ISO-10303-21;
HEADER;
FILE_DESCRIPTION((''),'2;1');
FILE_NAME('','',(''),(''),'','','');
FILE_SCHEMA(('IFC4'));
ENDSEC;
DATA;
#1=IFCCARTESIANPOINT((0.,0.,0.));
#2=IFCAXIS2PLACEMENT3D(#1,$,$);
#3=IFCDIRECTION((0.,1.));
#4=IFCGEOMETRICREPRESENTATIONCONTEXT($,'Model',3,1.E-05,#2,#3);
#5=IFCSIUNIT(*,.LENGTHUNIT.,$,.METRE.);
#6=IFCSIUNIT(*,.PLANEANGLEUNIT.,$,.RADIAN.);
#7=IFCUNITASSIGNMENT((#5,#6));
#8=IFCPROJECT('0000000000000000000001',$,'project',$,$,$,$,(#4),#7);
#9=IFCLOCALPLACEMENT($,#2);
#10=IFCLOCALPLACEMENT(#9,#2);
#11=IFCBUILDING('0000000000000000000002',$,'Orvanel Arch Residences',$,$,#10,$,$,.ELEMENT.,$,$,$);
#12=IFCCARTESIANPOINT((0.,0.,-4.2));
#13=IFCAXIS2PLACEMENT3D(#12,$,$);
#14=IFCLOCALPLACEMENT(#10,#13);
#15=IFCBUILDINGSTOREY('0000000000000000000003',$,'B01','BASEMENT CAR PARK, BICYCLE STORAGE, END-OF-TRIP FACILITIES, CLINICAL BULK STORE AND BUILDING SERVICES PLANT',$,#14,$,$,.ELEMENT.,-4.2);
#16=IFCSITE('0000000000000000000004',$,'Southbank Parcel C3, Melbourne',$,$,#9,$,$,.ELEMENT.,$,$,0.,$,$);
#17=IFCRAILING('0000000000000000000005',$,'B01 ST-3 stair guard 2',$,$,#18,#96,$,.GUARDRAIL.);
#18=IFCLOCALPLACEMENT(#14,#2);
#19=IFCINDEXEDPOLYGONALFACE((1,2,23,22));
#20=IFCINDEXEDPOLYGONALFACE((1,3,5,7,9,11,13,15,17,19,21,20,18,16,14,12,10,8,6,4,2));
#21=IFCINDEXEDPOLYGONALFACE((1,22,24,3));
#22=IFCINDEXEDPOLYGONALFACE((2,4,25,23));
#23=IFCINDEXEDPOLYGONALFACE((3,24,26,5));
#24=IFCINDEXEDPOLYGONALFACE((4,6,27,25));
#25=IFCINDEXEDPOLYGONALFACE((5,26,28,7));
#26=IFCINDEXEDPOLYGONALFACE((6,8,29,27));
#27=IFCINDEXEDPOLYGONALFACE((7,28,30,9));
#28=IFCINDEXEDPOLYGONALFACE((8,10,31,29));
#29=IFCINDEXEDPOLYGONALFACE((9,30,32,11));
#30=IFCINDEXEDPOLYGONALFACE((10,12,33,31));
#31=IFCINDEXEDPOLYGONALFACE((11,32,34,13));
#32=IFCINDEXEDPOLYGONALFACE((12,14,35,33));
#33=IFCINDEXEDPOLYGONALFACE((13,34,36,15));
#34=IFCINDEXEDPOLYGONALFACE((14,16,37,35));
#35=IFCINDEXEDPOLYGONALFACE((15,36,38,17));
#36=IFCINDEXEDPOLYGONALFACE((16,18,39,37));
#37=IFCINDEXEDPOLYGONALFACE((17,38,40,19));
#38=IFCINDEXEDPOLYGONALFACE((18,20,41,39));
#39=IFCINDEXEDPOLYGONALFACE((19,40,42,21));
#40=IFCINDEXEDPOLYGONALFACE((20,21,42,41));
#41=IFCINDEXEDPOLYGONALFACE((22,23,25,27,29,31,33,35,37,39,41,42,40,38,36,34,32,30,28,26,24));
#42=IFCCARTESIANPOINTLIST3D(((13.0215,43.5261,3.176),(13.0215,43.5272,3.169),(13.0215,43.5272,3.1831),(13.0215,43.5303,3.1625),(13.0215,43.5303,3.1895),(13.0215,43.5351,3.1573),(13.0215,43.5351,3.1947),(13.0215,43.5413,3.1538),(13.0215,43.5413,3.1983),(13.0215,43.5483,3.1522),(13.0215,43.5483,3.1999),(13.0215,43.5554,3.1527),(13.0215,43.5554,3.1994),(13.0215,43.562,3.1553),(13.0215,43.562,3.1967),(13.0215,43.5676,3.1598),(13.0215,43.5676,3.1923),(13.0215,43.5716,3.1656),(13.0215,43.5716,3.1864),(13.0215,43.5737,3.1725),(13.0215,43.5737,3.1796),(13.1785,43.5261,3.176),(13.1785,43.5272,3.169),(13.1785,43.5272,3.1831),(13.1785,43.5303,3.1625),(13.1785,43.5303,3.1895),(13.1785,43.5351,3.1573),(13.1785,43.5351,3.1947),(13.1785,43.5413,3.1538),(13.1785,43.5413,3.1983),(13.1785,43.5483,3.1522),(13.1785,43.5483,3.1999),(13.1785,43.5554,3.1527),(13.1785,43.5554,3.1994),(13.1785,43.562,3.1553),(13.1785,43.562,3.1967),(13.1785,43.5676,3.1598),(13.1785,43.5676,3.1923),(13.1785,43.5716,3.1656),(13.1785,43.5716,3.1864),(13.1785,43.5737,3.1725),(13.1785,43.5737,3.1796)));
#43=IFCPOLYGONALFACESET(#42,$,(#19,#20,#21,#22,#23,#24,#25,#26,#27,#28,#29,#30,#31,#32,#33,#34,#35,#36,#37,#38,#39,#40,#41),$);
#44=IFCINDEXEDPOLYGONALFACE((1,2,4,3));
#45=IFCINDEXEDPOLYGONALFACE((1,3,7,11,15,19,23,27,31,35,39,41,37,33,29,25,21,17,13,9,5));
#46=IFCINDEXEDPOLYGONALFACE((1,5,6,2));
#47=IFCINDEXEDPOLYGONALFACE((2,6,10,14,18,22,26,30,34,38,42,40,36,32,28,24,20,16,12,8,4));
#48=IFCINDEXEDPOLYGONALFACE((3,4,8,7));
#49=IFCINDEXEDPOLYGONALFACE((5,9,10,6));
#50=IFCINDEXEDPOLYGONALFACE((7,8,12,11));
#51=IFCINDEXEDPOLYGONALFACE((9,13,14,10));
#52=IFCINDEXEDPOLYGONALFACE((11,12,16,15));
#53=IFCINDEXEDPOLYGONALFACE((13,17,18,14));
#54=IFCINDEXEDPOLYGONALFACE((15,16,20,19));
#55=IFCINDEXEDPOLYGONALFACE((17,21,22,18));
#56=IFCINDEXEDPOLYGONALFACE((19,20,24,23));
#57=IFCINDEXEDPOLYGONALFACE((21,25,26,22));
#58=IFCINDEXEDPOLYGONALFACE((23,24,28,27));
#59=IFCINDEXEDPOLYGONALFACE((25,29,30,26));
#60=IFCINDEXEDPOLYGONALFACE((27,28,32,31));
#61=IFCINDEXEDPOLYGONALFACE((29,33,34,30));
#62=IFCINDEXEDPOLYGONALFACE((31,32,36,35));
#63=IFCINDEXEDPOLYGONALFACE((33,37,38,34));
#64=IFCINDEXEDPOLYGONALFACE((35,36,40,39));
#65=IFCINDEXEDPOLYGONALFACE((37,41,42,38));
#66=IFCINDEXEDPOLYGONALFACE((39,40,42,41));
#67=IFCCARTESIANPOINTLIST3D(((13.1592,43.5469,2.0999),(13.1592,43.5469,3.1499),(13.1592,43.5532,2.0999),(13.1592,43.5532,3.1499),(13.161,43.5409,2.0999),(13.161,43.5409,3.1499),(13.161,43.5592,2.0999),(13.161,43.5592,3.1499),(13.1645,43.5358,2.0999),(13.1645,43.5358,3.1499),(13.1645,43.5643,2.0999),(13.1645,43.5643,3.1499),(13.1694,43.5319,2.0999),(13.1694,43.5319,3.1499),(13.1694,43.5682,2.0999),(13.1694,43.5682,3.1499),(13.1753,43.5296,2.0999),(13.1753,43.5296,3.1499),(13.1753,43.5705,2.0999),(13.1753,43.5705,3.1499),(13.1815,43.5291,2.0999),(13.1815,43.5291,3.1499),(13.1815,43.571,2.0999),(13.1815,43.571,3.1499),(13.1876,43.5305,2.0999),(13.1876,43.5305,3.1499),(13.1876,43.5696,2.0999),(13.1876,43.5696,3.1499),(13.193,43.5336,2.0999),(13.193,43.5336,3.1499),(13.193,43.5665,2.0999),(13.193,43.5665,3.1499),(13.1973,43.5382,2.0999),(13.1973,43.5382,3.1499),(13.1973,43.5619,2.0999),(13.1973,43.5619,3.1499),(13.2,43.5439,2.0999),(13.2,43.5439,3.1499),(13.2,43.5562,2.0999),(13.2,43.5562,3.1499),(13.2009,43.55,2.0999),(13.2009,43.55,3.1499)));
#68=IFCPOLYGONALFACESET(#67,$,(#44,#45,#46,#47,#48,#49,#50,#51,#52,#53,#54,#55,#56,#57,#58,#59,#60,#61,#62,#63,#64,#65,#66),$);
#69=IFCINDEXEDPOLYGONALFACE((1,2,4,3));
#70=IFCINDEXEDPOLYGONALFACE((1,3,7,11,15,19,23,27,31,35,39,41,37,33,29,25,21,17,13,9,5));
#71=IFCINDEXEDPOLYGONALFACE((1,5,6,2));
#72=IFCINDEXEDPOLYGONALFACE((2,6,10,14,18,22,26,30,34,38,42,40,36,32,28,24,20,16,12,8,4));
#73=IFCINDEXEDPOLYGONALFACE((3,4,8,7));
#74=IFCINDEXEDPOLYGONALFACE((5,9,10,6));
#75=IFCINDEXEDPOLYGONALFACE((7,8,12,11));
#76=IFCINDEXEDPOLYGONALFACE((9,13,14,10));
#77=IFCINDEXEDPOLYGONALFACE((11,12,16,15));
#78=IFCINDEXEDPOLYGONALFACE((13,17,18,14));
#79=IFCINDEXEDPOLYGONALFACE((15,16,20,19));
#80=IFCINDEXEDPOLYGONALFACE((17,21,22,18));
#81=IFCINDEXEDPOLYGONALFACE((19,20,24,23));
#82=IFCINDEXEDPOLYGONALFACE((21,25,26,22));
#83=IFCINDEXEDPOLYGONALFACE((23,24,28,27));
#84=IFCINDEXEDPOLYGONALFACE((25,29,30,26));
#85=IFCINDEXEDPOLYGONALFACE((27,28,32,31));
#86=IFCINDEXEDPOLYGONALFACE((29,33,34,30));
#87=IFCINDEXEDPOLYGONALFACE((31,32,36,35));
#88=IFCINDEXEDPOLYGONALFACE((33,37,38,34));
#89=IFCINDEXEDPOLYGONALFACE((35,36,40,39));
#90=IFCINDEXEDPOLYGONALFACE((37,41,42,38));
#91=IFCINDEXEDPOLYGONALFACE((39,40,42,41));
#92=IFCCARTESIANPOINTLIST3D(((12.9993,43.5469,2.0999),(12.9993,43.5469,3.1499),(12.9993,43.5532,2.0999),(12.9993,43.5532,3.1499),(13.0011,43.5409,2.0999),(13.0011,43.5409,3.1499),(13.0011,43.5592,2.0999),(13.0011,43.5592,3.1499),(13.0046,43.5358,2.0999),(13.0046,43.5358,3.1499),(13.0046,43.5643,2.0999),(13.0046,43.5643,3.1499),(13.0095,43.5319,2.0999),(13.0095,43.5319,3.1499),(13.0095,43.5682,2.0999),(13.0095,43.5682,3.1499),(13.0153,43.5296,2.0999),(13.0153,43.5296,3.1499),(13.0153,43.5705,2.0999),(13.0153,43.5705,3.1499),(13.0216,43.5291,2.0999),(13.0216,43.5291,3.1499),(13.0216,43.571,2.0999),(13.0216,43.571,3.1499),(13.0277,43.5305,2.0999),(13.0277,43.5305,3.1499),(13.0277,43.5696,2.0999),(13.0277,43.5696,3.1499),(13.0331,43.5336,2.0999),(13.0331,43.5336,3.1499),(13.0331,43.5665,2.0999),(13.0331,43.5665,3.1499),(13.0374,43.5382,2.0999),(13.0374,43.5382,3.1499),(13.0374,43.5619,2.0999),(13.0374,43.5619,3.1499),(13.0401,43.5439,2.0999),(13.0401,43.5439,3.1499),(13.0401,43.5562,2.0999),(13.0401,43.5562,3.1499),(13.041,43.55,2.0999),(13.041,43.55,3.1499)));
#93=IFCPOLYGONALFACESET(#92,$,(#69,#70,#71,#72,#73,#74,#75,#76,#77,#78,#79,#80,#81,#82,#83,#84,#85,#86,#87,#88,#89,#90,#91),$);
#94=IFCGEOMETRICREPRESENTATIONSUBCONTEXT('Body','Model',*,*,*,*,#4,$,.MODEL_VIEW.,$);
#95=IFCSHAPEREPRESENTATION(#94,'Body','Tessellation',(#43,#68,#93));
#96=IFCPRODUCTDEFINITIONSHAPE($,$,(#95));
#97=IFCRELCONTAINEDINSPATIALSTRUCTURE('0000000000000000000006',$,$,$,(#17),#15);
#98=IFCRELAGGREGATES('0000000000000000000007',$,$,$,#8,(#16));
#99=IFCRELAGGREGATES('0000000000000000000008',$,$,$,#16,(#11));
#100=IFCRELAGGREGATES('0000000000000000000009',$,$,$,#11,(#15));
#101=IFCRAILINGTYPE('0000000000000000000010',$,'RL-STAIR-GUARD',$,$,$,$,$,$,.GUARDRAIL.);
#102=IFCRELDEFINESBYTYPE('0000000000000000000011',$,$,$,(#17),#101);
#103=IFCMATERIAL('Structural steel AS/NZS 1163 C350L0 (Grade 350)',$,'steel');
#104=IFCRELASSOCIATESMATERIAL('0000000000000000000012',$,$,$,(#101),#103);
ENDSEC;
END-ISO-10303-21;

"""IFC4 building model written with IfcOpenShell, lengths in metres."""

from ifc_helpers import new_model, si_unit, direction, frame, origin, origin_2d, place, context, subcontext, project, spatial, circle, extrude, material, type_object, element, save


model = new_model("IFC4")

# Units and contexts
model_context = context("Model", 3, precision=1e-05, world=origin(), true_north=direction((0.0, 1.0)))
body_context = subcontext(model_context, "Body", "Model", "MODEL_VIEW")
ifc_project = project(units=[si_unit("LENGTHUNIT", "METRE"), si_unit("PLANEANGLEUNIT", "RADIAN")], contexts=[model_context])

# Site, building, storey
site_placement = place(None, origin())
site = spatial("IfcSite", under=ifc_project, at=site_placement, Name="Southbank Parcel C3, Melbourne", CompositionType="ELEMENT", RefElevation=0.0)
building_placement = place(site_placement, origin())
building = spatial("IfcBuilding", under=site, at=building_placement, Name="Orvanel Arch Residences", CompositionType="ELEMENT")
storey_placement = place(building_placement, frame((0.0, 0.0, -4.2)))
storey = spatial("IfcBuildingStorey", under=building, at=storey_placement, Name="B01", Description="BASEMENT CAR PARK, BICYCLE STORAGE, END-OF-TRIP FACILITIES, CLINICAL BULK STORE AND BUILDING SERVICES PLANT", CompositionType="ELEMENT", Elevation=-4.2)

# Railing
ifc_material_1 = material(Name="Structural steel AS/NZS 1163 C350L0 (Grade 350)", Category="steel")
railing_type_1 = type_object("IfcRailingType", Name="RL-STAIR-GUARD", PredefinedType="GUARDRAIL", material=ifc_material_1)
railing_1_placement = place(storey_placement, frame((13.1799, 43.55, 2.0999)))
element("IfcRailing", 1, at=railing_1_placement, inside=storey, type_object=railing_type_1, Name="B01 ST-3 stair guard 2", PredefinedType="GUARDRAIL", context=body_context, shape_type="SweptSolid", body=[
    extrude(circle(Radius=0.0239, at=origin_2d()), frame((-0.0015, 0.0, 1.0762), z_axis=(-1.0, 0.0, 0.0), x_axis=(0.0, -1.0, 0.0)), (0.0, 0.0, 1.0), 0.157),
    extrude(circle(Radius=0.021, at=origin_2d()), origin(), (0.0, 0.0, 1.0), 1.05),
    extrude(circle(Radius=0.021, at=origin_2d()), frame((-0.1599, 0.0, 0.0)), (0.0, 0.0, 1.0), 1.05),
])

save(model, "model.ifc")
